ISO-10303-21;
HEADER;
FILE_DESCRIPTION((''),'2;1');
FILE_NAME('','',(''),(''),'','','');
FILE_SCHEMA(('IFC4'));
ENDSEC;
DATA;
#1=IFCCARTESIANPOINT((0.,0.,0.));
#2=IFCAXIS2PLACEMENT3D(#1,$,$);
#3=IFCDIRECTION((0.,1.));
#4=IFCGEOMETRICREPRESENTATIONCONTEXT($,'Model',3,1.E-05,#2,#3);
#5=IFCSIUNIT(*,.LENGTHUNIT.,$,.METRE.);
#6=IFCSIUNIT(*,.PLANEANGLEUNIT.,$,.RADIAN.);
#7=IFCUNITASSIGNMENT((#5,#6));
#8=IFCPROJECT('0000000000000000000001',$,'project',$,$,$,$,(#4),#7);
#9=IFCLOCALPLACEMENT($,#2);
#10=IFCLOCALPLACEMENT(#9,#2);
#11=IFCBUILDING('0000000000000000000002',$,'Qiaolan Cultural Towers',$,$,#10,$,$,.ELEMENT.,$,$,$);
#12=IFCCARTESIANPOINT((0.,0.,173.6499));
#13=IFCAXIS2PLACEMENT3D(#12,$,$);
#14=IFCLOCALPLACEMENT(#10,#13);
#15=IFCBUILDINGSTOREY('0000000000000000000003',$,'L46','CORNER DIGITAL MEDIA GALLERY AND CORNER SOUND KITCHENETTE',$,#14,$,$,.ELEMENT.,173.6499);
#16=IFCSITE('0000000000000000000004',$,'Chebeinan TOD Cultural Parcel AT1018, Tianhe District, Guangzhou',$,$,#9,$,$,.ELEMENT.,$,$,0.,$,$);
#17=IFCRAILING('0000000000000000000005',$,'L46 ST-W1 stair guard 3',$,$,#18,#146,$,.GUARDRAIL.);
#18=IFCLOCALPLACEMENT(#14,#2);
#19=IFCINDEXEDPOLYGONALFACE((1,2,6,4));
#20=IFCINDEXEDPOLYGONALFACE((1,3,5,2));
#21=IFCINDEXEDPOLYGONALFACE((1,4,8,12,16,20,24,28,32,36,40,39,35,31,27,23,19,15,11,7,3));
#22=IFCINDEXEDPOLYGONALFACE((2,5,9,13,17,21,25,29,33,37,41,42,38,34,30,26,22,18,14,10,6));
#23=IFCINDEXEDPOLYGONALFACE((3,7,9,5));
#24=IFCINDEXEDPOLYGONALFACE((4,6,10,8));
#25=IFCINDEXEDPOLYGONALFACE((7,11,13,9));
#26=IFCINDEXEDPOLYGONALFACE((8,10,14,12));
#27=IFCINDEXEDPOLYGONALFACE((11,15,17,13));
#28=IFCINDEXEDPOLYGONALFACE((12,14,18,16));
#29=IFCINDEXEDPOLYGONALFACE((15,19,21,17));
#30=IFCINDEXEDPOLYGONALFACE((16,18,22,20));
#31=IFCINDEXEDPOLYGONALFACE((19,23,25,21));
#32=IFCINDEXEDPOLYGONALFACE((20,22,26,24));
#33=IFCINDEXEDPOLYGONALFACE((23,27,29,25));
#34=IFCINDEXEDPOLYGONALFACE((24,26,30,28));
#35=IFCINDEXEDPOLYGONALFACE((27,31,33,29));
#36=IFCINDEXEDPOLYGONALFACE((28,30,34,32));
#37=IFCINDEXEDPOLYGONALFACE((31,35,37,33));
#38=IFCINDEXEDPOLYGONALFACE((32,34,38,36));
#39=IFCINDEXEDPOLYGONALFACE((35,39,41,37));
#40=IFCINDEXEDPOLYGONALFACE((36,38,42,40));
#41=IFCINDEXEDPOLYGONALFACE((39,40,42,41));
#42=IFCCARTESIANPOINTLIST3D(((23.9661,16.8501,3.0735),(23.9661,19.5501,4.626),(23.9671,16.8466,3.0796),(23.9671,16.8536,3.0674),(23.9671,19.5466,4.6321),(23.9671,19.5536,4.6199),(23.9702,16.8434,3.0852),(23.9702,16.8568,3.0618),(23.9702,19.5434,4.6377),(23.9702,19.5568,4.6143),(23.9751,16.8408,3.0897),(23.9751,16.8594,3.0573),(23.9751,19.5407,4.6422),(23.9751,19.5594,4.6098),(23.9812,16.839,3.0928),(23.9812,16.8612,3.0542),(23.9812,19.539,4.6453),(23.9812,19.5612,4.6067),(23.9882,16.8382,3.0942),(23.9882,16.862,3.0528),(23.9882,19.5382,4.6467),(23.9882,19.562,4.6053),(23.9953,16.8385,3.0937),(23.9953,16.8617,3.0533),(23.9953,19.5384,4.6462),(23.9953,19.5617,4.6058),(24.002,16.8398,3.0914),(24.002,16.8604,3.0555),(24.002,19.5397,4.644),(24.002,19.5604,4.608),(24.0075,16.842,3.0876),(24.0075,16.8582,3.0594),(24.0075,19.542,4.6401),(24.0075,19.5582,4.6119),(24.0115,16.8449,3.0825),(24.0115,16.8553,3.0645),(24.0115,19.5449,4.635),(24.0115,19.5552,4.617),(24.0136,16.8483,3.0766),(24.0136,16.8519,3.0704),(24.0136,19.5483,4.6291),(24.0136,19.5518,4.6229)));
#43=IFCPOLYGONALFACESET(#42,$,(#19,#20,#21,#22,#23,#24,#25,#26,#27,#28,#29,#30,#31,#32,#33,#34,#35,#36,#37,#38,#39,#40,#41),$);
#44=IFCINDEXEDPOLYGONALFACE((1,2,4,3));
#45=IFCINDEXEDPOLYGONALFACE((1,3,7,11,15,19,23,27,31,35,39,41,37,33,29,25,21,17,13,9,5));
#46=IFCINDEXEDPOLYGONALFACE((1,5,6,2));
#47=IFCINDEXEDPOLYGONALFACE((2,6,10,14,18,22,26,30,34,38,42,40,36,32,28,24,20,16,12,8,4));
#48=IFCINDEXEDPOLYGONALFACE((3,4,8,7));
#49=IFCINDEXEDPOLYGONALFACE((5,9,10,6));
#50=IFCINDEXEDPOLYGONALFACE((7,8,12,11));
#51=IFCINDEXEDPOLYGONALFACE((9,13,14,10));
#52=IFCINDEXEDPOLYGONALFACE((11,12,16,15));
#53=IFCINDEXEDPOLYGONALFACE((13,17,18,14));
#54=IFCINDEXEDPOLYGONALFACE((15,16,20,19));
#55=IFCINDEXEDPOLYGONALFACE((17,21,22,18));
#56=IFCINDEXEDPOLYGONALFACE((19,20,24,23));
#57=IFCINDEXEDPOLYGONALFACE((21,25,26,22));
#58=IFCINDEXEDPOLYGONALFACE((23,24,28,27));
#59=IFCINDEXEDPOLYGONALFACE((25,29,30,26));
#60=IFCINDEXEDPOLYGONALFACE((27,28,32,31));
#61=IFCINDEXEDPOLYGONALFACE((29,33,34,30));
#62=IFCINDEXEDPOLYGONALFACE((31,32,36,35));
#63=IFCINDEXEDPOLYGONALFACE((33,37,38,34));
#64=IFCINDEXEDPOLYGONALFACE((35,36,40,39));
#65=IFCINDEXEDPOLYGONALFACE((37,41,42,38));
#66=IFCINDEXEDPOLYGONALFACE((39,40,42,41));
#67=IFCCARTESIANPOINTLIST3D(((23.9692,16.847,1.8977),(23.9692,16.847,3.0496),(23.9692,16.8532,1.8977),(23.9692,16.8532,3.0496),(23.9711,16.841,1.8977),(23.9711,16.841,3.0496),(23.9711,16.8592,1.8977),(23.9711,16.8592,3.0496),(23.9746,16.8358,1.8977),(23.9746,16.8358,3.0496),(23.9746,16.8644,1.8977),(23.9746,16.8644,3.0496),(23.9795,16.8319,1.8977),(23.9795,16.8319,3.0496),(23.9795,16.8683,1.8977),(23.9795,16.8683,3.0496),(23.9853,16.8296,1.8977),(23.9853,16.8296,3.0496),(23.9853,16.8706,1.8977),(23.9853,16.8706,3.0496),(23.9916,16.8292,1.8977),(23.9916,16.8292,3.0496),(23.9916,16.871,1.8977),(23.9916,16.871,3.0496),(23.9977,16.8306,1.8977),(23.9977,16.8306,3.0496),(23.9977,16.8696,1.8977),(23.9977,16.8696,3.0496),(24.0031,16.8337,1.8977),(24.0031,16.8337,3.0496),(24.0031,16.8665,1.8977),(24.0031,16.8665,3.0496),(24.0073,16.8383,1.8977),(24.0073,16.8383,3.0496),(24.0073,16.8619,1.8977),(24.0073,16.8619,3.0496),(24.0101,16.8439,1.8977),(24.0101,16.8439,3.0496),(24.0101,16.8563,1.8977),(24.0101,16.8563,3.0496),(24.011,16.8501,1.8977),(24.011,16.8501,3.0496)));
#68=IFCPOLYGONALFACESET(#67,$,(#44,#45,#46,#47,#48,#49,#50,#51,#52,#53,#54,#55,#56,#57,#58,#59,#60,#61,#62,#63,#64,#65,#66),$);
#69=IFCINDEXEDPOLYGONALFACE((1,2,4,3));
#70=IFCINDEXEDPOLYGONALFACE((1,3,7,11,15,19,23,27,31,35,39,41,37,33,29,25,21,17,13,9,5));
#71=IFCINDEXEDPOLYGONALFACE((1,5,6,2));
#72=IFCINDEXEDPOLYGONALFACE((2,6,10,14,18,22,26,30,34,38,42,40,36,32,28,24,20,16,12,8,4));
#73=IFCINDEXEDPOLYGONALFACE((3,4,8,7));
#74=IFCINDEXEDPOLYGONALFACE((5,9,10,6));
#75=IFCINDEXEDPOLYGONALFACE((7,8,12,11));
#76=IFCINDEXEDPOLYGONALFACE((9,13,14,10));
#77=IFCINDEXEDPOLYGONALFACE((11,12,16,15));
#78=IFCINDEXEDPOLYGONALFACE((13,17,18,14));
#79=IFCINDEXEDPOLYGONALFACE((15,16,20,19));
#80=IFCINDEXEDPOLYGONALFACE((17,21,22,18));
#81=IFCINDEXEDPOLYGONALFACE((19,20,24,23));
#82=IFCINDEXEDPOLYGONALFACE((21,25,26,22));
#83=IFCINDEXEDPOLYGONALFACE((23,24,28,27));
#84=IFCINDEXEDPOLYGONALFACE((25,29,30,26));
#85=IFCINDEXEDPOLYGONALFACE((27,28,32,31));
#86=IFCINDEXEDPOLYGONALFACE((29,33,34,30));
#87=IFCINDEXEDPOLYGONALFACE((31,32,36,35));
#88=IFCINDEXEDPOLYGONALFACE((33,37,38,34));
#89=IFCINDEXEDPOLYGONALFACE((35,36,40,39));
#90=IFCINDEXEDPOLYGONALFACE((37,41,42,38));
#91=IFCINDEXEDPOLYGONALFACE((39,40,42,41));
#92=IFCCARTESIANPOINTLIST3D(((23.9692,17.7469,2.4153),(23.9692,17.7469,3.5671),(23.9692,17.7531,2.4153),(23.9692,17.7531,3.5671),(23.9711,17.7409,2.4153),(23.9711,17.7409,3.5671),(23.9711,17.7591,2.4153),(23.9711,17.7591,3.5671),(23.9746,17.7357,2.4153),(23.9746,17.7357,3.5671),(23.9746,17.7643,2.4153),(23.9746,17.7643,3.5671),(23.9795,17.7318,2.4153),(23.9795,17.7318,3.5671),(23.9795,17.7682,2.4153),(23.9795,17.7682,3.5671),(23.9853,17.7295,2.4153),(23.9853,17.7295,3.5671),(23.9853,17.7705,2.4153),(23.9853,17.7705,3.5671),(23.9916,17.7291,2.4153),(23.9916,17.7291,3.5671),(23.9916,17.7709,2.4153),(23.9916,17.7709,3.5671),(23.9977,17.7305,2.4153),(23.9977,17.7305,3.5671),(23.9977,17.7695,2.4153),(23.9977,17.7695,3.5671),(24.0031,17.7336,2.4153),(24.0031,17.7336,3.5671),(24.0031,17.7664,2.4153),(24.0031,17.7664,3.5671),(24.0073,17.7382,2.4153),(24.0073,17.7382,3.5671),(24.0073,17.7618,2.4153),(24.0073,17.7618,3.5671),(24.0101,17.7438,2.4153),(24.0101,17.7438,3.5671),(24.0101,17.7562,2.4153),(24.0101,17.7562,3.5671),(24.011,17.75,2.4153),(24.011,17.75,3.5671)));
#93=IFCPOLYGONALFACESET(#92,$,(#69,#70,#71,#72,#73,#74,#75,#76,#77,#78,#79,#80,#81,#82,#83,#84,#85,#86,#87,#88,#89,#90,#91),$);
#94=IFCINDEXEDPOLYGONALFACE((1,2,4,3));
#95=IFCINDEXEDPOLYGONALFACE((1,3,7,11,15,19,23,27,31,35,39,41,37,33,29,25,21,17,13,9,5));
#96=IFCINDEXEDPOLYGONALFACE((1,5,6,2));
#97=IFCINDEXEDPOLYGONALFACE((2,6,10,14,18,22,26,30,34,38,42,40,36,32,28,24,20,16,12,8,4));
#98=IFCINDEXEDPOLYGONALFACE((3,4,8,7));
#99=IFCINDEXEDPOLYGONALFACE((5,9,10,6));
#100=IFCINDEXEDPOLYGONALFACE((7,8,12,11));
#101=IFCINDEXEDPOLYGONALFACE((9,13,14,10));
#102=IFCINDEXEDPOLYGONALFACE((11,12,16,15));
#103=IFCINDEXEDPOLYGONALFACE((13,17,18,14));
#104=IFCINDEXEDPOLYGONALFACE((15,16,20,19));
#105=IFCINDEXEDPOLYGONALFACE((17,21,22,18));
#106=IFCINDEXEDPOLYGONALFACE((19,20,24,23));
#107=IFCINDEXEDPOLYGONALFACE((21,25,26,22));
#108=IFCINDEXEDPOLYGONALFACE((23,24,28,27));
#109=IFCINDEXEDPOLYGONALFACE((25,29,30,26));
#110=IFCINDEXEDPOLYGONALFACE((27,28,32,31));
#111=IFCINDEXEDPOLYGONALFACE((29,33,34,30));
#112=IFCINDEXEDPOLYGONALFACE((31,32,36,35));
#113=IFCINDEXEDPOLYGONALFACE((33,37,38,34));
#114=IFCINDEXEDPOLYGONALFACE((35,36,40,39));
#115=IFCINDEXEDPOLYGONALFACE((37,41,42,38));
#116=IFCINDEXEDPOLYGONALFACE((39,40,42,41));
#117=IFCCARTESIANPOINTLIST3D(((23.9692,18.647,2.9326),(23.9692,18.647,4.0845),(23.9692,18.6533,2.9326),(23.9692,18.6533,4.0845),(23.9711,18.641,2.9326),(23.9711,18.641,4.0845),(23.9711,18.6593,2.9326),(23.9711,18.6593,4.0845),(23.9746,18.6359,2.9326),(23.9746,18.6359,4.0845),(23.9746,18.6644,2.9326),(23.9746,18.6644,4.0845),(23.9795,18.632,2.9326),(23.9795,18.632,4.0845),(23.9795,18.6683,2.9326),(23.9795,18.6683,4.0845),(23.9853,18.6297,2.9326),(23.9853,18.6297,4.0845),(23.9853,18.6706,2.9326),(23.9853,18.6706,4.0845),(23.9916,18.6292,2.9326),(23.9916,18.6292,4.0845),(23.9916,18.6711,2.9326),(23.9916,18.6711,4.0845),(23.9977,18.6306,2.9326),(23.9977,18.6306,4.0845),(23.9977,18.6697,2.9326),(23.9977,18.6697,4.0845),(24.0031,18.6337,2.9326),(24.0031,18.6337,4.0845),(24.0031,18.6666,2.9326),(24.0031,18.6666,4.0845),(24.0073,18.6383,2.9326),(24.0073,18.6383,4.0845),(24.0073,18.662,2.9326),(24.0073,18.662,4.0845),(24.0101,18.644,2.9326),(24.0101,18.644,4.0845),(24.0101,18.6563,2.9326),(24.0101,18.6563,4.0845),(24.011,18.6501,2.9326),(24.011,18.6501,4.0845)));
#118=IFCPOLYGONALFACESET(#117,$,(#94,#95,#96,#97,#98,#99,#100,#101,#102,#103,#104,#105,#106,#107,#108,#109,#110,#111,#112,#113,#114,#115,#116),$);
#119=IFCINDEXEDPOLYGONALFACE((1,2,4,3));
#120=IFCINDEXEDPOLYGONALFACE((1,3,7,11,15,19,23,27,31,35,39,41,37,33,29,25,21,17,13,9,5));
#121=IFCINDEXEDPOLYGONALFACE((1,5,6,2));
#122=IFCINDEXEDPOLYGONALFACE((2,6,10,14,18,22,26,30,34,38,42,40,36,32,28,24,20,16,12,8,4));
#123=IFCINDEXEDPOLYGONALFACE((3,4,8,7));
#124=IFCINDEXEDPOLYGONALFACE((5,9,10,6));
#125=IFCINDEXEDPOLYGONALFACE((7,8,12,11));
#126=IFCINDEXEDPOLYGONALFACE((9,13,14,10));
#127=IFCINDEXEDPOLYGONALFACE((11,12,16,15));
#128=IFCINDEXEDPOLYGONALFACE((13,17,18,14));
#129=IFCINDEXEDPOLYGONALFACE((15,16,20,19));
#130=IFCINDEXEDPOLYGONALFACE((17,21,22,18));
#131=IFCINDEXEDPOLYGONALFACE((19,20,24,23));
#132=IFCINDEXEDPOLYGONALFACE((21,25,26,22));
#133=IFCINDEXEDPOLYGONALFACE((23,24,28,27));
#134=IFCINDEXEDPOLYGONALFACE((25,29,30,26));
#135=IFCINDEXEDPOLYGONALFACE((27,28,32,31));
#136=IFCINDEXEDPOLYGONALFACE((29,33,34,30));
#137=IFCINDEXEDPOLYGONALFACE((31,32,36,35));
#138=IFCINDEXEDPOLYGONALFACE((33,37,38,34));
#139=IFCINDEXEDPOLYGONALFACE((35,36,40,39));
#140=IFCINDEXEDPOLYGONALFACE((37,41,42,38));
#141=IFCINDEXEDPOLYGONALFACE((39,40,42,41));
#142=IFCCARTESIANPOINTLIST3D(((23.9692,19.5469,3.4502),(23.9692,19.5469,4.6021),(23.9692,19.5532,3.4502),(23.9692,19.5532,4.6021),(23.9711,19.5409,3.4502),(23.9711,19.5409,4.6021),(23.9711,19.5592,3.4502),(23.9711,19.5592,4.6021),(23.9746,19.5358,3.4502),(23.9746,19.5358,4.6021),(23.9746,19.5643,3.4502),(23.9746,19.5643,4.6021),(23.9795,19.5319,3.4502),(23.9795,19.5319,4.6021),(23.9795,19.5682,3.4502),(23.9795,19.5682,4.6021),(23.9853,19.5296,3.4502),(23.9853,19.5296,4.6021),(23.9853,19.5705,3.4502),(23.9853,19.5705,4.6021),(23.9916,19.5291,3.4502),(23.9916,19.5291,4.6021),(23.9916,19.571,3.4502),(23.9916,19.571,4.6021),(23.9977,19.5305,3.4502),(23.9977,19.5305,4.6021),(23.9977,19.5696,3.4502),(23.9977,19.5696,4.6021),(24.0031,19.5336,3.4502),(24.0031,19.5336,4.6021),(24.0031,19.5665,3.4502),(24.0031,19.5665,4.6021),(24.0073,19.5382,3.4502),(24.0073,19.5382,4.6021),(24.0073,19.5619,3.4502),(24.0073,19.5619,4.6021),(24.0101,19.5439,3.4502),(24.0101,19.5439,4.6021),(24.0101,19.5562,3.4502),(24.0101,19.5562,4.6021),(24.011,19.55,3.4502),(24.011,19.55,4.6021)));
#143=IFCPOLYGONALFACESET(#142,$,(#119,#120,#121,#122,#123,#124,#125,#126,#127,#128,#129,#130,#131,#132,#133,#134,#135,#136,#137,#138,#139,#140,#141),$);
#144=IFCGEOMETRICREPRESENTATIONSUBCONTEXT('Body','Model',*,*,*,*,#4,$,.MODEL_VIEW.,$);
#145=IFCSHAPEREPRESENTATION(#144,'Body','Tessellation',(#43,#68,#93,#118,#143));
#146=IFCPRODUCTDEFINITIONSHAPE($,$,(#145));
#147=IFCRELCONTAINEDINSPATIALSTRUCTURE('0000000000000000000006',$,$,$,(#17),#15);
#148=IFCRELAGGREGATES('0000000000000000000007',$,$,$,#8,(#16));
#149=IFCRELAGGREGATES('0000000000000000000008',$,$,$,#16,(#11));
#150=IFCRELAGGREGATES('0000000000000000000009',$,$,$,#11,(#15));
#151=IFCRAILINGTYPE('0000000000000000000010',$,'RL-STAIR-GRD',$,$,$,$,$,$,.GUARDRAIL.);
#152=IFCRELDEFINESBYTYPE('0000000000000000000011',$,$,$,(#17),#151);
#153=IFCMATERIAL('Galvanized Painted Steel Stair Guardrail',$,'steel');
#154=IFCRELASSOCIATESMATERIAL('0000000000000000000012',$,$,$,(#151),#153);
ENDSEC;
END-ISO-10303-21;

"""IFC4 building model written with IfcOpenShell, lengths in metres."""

from ifc_helpers import new_model, si_unit, direction, frame, origin, origin_2d, place, context, subcontext, project, spatial, circle, extrude, material, type_object, element, save


model = new_model("IFC4")

# Units and contexts
model_context = context("Model", 3, precision=1e-05, world=origin(), true_north=direction((0.0, 1.0)))
body_context = subcontext(model_context, "Body", "Model", "MODEL_VIEW")
ifc_project = project(units=[si_unit("LENGTHUNIT", "METRE"), si_unit("PLANEANGLEUNIT", "RADIAN")], contexts=[model_context])

# Site, building, storey
site_placement = place(None, origin())
site = spatial("IfcSite", under=ifc_project, at=site_placement, Name="Chebeinan TOD Cultural Parcel AT1018, Tianhe District, Guangzhou", CompositionType="ELEMENT", RefElevation=0.0)
building_placement = place(site_placement, origin())
building = spatial("IfcBuilding", under=site, at=building_placement, Name="Qiaolan Cultural Towers", CompositionType="ELEMENT")
storey_placement = place(building_placement, frame((0.0, 0.0, 173.6499)))
storey = spatial("IfcBuildingStorey", under=building, at=storey_placement, Name="L46", Description="CORNER DIGITAL MEDIA GALLERY AND CORNER SOUND KITCHENETTE", CompositionType="ELEMENT", Elevation=173.6499)

# Railing
ifc_material_1 = material(Name="Galvanized Painted Steel Stair Guardrail", Category="steel")
railing_type_1 = type_object("IfcRailingType", Name="RL-STAIR-GRD", PredefinedType="GUARDRAIL", material=ifc_material_1)
railing_1_placement = place(storey_placement, frame((23.99, 16.8501, 1.8977)))
element("IfcRailing", 1, at=railing_1_placement, inside=storey, type_object=railing_type_1, Name="L46 ST-W1 stair guard 3", PredefinedType="GUARDRAIL", context=body_context, shape_type="SweptSolid", body=[
    extrude(circle(Radius=0.0239, at=origin_2d()), frame((0.0, 0.0, 1.1758), z_axis=(0.0, 0.866904, 0.498476), x_axis=(-1.0, 0.0, 0.0)), (0.0, 0.0, 1.0), 3.1145),
    extrude(circle(Radius=0.021, at=origin_2d()), origin(), (0.0, 0.0, 1.0), 1.1519),
    extrude(circle(Radius=0.021, at=origin_2d()), frame((0.0, 0.8999, 0.5176)), (0.0, 0.0, 1.0), 1.1519),
    extrude(circle(Radius=0.021, at=origin_2d()), frame((0.0, 1.8, 1.0349)), (0.0, 0.0, 1.0), 1.1519),
    extrude(circle(Radius=0.021, at=origin_2d()), frame((0.0, 2.7, 1.5525)), (0.0, 0.0, 1.0), 1.1519),
])

save(model, "model.ifc")
